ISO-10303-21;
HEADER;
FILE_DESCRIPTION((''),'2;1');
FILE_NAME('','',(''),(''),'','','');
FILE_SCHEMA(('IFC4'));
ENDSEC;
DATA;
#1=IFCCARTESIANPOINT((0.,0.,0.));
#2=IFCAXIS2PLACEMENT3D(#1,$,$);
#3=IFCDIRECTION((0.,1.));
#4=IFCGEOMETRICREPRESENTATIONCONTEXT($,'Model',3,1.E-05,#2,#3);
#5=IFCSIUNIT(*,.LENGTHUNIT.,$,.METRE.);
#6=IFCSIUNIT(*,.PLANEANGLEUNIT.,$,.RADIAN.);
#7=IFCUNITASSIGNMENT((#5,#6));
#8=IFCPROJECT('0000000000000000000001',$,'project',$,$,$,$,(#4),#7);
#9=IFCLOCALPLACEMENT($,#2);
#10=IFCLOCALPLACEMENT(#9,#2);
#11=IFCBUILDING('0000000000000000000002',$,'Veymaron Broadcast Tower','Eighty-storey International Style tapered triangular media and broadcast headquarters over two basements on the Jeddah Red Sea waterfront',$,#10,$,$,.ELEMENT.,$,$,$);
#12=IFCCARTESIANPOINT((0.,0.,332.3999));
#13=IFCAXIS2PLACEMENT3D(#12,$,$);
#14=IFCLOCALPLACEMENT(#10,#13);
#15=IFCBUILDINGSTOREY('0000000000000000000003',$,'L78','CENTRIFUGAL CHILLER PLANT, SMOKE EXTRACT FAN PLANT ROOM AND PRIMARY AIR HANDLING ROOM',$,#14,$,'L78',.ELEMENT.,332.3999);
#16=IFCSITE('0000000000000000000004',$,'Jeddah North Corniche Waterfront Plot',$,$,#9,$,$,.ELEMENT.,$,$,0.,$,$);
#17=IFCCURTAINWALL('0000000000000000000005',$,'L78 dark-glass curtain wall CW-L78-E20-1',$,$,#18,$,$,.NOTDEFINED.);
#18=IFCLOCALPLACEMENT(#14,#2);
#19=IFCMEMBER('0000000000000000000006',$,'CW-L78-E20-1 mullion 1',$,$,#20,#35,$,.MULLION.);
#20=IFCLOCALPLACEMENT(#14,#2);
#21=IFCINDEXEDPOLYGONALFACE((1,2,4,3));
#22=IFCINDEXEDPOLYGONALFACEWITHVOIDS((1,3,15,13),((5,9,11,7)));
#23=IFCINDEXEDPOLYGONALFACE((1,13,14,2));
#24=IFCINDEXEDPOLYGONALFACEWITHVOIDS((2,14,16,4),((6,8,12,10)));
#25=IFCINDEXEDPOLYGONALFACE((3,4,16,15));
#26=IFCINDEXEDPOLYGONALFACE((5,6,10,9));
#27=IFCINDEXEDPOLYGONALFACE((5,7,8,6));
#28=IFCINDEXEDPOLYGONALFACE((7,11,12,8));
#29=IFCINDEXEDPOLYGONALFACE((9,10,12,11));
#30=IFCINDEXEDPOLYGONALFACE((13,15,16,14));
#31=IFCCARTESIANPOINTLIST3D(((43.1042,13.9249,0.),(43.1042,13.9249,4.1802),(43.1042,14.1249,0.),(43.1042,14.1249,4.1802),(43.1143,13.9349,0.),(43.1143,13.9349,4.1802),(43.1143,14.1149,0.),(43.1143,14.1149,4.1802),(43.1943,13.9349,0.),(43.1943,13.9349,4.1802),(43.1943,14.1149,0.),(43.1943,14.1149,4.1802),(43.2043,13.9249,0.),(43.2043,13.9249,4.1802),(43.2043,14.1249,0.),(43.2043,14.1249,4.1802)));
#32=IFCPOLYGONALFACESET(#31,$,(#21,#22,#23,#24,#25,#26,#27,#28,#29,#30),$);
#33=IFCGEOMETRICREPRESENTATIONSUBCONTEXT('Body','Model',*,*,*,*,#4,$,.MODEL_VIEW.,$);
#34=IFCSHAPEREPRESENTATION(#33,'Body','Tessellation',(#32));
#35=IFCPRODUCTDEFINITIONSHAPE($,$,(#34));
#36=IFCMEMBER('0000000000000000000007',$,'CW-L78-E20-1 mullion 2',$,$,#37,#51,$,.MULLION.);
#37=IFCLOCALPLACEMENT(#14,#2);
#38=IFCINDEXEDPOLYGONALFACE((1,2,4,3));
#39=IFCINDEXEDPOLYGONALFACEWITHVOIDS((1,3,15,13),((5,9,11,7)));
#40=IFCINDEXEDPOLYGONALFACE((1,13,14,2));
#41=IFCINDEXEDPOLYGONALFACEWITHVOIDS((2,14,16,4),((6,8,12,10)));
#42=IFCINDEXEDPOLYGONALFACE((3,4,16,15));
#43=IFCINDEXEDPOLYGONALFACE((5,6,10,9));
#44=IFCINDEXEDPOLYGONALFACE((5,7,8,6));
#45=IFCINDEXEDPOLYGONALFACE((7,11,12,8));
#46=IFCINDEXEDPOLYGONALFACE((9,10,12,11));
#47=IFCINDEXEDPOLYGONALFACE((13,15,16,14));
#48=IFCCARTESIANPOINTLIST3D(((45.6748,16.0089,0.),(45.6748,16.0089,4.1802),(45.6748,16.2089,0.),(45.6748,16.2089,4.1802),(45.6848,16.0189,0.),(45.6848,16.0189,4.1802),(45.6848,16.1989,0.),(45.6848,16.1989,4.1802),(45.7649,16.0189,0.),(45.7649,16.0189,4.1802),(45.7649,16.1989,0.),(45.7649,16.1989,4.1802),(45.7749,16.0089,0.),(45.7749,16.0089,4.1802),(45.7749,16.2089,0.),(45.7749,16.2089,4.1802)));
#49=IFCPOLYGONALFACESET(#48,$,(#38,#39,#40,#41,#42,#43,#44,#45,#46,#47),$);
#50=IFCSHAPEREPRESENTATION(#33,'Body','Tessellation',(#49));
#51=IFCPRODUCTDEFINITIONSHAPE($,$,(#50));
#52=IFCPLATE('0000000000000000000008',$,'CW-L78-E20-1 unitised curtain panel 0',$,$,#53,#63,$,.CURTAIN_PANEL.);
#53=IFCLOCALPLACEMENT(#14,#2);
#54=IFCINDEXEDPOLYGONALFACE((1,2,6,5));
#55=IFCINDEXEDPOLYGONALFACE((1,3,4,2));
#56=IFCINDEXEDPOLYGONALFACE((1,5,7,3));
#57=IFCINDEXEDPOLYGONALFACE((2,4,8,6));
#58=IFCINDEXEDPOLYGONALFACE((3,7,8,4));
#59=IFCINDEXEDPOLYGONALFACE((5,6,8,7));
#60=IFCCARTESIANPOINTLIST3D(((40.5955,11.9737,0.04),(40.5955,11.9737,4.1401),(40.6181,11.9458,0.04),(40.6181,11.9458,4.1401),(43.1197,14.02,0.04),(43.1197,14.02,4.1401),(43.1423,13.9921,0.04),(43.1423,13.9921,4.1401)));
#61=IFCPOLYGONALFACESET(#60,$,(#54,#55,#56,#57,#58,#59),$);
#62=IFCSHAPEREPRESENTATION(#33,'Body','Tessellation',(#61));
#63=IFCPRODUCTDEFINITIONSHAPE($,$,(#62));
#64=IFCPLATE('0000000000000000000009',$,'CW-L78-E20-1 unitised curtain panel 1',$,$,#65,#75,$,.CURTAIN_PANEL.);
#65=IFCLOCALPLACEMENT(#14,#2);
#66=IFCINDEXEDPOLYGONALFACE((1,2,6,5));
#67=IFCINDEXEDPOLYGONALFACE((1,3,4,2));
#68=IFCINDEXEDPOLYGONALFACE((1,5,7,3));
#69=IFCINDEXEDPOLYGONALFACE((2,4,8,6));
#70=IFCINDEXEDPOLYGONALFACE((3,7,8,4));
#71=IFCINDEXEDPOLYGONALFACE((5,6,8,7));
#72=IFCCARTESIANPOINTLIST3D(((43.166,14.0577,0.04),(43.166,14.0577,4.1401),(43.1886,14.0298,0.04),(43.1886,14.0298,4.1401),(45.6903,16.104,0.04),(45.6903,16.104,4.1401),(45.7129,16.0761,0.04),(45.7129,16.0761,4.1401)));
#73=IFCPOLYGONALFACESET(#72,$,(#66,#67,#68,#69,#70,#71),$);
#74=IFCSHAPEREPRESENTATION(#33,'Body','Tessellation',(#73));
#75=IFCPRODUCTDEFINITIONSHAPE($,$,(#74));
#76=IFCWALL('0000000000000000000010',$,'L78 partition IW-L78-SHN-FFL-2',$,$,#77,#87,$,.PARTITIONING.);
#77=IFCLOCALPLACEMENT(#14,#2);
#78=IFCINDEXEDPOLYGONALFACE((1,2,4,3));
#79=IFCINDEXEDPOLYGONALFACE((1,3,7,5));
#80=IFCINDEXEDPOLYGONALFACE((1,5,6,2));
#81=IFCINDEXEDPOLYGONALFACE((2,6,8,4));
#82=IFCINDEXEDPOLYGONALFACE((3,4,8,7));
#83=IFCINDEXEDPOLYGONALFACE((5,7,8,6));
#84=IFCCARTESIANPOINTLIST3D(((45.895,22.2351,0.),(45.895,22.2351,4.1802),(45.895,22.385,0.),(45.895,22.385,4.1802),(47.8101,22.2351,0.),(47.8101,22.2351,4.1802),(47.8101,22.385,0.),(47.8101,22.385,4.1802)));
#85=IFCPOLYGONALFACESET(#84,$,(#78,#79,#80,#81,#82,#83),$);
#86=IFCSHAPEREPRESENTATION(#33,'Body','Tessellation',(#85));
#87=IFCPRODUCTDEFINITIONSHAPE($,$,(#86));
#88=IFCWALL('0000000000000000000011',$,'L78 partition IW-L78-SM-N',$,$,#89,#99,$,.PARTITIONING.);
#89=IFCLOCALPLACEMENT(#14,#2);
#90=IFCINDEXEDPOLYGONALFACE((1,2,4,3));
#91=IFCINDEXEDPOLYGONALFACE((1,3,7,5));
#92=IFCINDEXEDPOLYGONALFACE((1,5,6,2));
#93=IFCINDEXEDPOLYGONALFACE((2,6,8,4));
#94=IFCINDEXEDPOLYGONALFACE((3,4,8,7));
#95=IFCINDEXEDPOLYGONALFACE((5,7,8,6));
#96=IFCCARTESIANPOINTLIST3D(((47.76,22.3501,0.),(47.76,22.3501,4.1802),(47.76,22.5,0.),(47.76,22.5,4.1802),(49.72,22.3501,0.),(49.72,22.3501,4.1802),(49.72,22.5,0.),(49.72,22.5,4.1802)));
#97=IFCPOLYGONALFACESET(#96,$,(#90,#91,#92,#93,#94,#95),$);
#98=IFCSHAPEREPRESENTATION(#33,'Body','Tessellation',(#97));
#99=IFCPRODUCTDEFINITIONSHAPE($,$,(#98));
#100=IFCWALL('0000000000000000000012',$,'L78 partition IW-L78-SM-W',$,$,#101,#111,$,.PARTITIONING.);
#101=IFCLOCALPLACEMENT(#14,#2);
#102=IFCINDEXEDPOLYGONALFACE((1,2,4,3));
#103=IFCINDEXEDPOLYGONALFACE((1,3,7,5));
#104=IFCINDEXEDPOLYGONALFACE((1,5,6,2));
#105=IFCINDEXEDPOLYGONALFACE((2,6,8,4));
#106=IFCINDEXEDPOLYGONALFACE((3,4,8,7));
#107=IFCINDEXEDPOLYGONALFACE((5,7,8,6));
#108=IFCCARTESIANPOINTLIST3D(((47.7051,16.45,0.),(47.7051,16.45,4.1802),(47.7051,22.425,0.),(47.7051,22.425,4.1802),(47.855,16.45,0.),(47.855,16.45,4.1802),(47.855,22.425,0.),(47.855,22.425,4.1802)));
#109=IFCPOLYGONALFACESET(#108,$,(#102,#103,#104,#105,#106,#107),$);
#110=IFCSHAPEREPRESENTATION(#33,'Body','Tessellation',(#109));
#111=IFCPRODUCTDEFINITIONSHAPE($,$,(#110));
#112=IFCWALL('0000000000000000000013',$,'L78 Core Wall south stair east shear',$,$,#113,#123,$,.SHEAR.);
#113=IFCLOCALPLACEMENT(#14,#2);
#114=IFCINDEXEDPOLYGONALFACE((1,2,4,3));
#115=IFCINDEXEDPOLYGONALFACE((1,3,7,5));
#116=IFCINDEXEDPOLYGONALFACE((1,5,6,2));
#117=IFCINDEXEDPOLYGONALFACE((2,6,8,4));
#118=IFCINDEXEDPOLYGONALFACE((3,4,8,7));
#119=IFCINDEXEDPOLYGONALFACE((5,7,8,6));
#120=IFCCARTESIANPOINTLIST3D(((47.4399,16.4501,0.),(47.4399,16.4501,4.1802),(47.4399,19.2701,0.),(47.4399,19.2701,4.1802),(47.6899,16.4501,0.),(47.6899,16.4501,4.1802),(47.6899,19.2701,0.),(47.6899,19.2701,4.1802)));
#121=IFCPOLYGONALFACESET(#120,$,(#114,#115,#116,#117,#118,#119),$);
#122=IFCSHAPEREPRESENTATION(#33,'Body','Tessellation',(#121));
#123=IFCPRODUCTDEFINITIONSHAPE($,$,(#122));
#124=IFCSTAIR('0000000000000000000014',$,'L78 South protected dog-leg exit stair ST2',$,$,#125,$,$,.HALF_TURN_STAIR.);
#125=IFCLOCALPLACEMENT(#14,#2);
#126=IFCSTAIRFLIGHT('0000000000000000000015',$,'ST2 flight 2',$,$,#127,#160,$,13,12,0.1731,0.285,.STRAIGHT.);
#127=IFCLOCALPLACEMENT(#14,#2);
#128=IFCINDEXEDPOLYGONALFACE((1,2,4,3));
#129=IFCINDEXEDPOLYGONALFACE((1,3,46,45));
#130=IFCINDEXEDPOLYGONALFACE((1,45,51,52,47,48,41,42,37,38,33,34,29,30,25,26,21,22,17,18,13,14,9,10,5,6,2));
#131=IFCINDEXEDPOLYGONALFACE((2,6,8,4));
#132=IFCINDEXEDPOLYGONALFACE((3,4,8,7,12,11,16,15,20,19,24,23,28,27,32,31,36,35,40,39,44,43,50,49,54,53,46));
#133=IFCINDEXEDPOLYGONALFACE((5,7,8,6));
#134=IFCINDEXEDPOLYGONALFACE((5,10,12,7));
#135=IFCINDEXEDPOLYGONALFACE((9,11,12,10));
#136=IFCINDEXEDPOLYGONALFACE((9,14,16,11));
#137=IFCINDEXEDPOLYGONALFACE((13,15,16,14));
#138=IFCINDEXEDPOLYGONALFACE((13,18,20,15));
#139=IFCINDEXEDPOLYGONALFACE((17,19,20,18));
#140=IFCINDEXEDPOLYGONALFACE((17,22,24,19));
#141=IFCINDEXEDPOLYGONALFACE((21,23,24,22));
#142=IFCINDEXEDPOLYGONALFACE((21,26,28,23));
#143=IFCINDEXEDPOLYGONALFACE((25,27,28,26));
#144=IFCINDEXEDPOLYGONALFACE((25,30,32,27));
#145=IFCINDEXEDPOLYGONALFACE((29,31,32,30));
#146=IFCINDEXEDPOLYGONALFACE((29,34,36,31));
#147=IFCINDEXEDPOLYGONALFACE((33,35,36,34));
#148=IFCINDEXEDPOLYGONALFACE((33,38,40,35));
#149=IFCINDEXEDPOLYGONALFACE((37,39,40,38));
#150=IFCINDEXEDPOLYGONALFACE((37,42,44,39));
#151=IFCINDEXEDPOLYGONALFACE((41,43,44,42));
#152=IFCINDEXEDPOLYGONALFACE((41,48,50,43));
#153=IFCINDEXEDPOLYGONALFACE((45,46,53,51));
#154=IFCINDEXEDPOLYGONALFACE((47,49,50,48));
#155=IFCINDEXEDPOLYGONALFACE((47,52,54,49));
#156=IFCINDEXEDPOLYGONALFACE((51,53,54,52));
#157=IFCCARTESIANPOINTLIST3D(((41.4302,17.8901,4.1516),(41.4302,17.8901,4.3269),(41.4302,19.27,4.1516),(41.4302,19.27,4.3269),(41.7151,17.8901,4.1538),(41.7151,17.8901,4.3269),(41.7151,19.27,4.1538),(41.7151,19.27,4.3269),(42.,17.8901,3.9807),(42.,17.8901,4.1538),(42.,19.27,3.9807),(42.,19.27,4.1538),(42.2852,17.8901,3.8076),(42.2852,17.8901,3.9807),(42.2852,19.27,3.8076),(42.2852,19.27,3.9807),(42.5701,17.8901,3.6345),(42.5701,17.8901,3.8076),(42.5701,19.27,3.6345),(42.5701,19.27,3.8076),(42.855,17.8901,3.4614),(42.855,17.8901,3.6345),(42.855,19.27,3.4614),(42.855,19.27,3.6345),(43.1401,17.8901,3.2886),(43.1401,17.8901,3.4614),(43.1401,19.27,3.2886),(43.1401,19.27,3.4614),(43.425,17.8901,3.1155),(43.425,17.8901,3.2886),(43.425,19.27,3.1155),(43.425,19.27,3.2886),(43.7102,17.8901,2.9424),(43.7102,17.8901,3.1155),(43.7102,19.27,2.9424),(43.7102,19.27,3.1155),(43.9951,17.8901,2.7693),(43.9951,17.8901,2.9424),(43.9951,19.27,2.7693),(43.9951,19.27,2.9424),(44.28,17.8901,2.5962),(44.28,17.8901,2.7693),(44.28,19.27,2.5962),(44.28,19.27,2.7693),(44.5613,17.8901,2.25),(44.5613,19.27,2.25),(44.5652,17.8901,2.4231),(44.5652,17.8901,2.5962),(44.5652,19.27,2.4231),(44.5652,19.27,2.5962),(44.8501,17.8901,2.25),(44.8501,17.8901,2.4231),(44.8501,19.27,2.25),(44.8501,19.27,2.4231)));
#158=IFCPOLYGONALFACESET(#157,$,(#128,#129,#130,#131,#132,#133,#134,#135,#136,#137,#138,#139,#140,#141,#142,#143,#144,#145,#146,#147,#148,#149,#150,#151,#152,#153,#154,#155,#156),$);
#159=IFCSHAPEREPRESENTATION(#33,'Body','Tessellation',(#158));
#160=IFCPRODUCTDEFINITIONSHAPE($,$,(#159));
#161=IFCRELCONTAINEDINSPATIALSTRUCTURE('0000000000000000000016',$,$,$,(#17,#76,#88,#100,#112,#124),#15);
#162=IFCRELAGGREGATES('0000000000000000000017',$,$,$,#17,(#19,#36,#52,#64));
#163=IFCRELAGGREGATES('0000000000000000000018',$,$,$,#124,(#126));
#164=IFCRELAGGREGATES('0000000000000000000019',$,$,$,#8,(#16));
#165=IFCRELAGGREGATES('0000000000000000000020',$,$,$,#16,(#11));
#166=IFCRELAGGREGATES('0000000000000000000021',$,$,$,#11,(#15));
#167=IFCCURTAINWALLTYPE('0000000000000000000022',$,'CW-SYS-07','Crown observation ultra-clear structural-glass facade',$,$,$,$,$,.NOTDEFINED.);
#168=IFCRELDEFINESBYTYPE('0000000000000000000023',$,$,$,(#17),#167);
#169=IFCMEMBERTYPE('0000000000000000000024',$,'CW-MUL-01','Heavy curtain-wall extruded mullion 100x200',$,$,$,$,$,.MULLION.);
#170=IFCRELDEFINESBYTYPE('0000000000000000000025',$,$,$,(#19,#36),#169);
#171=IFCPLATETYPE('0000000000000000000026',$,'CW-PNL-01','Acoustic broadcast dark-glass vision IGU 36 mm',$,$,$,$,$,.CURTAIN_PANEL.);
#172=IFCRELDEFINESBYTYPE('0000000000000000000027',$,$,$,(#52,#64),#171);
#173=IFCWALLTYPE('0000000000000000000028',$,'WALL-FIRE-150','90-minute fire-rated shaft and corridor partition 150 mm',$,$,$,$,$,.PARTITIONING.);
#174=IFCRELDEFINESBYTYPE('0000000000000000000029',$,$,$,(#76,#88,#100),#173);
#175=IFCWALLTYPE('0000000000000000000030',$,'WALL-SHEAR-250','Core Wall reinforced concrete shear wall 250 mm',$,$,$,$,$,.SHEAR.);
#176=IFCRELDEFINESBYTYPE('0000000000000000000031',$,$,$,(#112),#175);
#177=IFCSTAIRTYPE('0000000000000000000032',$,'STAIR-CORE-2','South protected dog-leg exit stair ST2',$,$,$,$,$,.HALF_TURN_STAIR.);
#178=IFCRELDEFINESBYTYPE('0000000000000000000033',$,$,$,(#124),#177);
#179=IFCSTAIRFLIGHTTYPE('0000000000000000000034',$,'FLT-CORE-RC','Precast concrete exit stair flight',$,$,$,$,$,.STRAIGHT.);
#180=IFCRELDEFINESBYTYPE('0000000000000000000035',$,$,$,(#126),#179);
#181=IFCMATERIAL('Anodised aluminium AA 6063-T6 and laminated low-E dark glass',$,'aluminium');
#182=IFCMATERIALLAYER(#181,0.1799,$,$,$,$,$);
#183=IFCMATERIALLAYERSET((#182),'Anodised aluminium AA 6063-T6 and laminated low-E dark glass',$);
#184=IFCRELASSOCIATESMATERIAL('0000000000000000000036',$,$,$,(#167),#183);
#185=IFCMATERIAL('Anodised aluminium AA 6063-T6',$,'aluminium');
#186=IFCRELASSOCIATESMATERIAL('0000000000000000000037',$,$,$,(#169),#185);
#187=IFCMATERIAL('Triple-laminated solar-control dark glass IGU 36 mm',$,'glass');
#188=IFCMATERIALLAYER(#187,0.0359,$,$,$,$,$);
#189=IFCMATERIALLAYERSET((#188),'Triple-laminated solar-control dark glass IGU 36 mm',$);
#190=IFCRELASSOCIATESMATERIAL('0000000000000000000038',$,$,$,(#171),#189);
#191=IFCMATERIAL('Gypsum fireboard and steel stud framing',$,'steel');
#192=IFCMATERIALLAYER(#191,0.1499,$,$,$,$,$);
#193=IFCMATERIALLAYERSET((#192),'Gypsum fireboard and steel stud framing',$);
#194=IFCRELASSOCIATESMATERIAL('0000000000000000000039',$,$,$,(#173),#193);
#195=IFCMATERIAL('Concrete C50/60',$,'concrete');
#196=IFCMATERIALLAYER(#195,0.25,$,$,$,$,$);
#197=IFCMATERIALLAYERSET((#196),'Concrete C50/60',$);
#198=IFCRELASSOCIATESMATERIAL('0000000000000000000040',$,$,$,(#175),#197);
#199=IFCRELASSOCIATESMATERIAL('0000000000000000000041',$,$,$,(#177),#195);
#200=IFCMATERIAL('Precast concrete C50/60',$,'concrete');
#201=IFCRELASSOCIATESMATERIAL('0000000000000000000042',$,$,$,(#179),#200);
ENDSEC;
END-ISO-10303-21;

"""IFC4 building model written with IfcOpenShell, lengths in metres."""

from ifc_helpers import new_model, si_unit, direction, frame, frame_2d, origin, origin_2d, place, context, subcontext, project, spatial, polyline, rectangle, hollow_rectangle, outline, extrude, material, layer, layer_set, material_profile, profile_set, type_object, element, aggregate, save


model = new_model("IFC4")

# Units and contexts
model_context = context("Model", 3, precision=1e-05, world=origin(), true_north=direction((0.0, 1.0)))
body_context = subcontext(model_context, "Body", "Model", "MODEL_VIEW")
ifc_project = project(units=[si_unit("LENGTHUNIT", "METRE"), si_unit("PLANEANGLEUNIT", "RADIAN")], contexts=[model_context])

# Site, building, storey
site_placement = place(None, origin())
site = spatial("IfcSite", under=ifc_project, at=site_placement, Name="Jeddah North Corniche Waterfront Plot", CompositionType="ELEMENT", RefElevation=0.0)
building_placement = place(site_placement, origin())
building = spatial("IfcBuilding", under=site, at=building_placement, Name="Veymaron Broadcast Tower", Description="Eighty-storey International Style tapered triangular media and broadcast headquarters over two basements on the Jeddah Red Sea waterfront", CompositionType="ELEMENT")
storey_placement = place(building_placement, frame((0.0, 0.0, 332.3999)))
storey = spatial("IfcBuildingStorey", under=building, at=storey_placement, Name="L78", Description="CENTRIFUGAL CHILLER PLANT, SMOKE EXTRACT FAN PLANT ROOM AND PRIMARY AIR HANDLING ROOM", LongName="L78", CompositionType="ELEMENT", Elevation=332.3999)

# Curtain wall, members, plates
ifc_material_1 = material(Name="Anodised aluminium AA 6063-T6 and laminated low-E dark glass", Category="aluminium")
ifc_layer_1 = layer(ifc_material_1, 0.1799)
ifc_layer_set_1 = layer_set([ifc_layer_1], Name="Anodised aluminium AA 6063-T6 and laminated low-E dark glass")
curtain_wall_type = type_object("IfcCurtainWallType", Name="CW-SYS-07", Description="Crown observation ultra-clear structural-glass facade", PredefinedType="NOTDEFINED", material=ifc_layer_set_1)
curtain_wall_placement = place(storey_placement, origin())
curtain_wall = element("IfcCurtainWall", 1, at=curtain_wall_placement, inside=storey, type_object=curtain_wall_type, Name="L78 dark-glass curtain wall CW-L78-E20-1", PredefinedType="NOTDEFINED")
ifc_material_2 = material(Name="Anodised aluminium AA 6063-T6", Category="aluminium")
ifc_material_profile = material_profile(ifc_material_2, hollow_rectangle(XDim=0.1001, YDim=0.2, WallThickness=0.01, at=origin_2d()), Name="RHS200X100X10")
ifc_profile_set = profile_set([ifc_material_profile], Name="Anodised aluminium AA 6063-T6")
member_type = type_object("IfcMemberType", Name="CW-MUL-01", Description="Heavy curtain-wall extruded mullion 100x200", PredefinedType="MULLION", material=ifc_profile_set)
member_1_placement = place(storey_placement, frame((43.1543, 14.0249, 0.0), z_axis=(0.0, 0.0, 1.0), x_axis=(1.0, 0.0, 0.0)))
member_1 = element("IfcMember", 2, at=member_1_placement, type_object=member_type, Name="CW-L78-E20-1 mullion 1", PredefinedType="MULLION", context=body_context, shape_type="SweptSolid", body=[
    extrude(hollow_rectangle(XDim=0.1001, YDim=0.2, WallThickness=0.01, at=origin_2d()), origin(), (0.0, 0.0, 1.0), 4.1802),
])
member_2_placement = place(storey_placement, frame((45.7249, 16.1089, 0.0), z_axis=(0.0, 0.0, 1.0), x_axis=(1.0, 0.0, 0.0)))
member_2 = element("IfcMember", 3, at=member_2_placement, type_object=member_type, Name="CW-L78-E20-1 mullion 2", PredefinedType="MULLION", context=body_context, shape_type="SweptSolid", body=[
    extrude(hollow_rectangle(XDim=0.1001, YDim=0.2, WallThickness=0.01, at=origin_2d()), origin(), (0.0, 0.0, 1.0), 4.1802),
])
ifc_material_3 = material(Name="Triple-laminated solar-control dark glass IGU 36 mm", Category="glass")
ifc_layer_2 = layer(ifc_material_3, 0.0359)
ifc_layer_set_2 = layer_set([ifc_layer_2], Name="Triple-laminated solar-control dark glass IGU 36 mm")
plate_type = type_object("IfcPlateType", Name="CW-PNL-01", Description="Acoustic broadcast dark-glass vision IGU 36 mm", PredefinedType="CURTAIN_PANEL", material=ifc_layer_set_2)
plate_1_placement = place(storey_placement, frame((41.8689, 12.9829, 0.04), z_axis=(0.0, 0.0, 1.0), x_axis=(0.776816, 0.629727, 0.0)))
plate_1 = element("IfcPlate", 4, at=plate_1_placement, type_object=plate_type, Name="CW-L78-E20-1 unitised curtain panel 0", PredefinedType="CURTAIN_PANEL", context=body_context, shape_type="SweptSolid", body=[
    extrude(rectangle(XDim=3.2495, YDim=0.0359, at=origin_2d()), origin(), (0.0, 0.0, 1.0), 4.1001),
])
plate_2_placement = place(storey_placement, frame((44.4395, 15.0669, 0.04), z_axis=(0.0, 0.0, 1.0), x_axis=(0.776816, 0.629727, 0.0)))
plate_2 = element("IfcPlate", 5, at=plate_2_placement, type_object=plate_type, Name="CW-L78-E20-1 unitised curtain panel 1", PredefinedType="CURTAIN_PANEL", context=body_context, shape_type="SweptSolid", body=[
    extrude(rectangle(XDim=3.2495, YDim=0.0359, at=origin_2d()), origin(), (0.0, 0.0, 1.0), 4.1001),
])
aggregate(curtain_wall, [member_1, member_2, plate_1, plate_2])

# Shared definitions
ifc_material_4 = material(Name="Gypsum fireboard and steel stud framing", Category="steel")
ifc_layer_3 = layer(ifc_material_4, 0.1499)
ifc_layer_set_3 = layer_set([ifc_layer_3], Name="Gypsum fireboard and steel stud framing")
wall_type_1 = type_object("IfcWallType", Name="WALL-FIRE-150", Description="90-minute fire-rated shaft and corridor partition 150 mm", PredefinedType="PARTITIONING", material=ifc_layer_set_3)

# Wall
wall_1_placement = place(storey_placement, frame((45.895, 22.3101, 0.0), z_axis=(0.0, 0.0, 1.0), x_axis=(1.0, 0.0, 0.0)))
element("IfcWall", 6, at=wall_1_placement, inside=storey, type_object=wall_type_1, Name="L78 partition IW-L78-SHN-FFL-2", PredefinedType="PARTITIONING", context=body_context, shape_type="SweptSolid", body=[
    extrude(rectangle(XDim=1.915, YDim=0.1499, at=frame_2d((0.9575, 0.0))), origin(), (0.0, 0.0, 1.0), 4.1802),
])

# Walls
wall_2_placement = place(storey_placement, frame((47.76, 22.425, 0.0), z_axis=(0.0, 0.0, 1.0), x_axis=(1.0, 0.0, 0.0)))
element("IfcWall", 7, at=wall_2_placement, inside=storey, type_object=wall_type_1, Name="L78 partition IW-L78-SM-N", PredefinedType="PARTITIONING", context=body_context, shape_type="SweptSolid", body=[
    extrude(rectangle(XDim=1.96, YDim=0.1499, at=frame_2d((0.98, 0.0))), origin(), (0.0, 0.0, 1.0), 4.1802),
])
wall_3_placement = place(storey_placement, frame((47.78, 16.45, 0.0), z_axis=(0.0, 0.0, 1.0), x_axis=(0.0, 1.0, 0.0)))
element("IfcWall", 8, at=wall_3_placement, inside=storey, type_object=wall_type_1, Name="L78 partition IW-L78-SM-W", PredefinedType="PARTITIONING", context=body_context, shape_type="SweptSolid", body=[
    extrude(rectangle(XDim=5.9751, YDim=0.1499, at=frame_2d((2.9875, 0.0))), origin(), (0.0, 0.0, 1.0), 4.1802),
])
ifc_material_5 = material(Name="Concrete C50/60", Category="concrete")
ifc_layer_4 = layer(ifc_material_5, 0.25)
ifc_layer_set_4 = layer_set([ifc_layer_4], Name="Concrete C50/60")
wall_type_2 = type_object("IfcWallType", Name="WALL-SHEAR-250", Description="Core Wall reinforced concrete shear wall 250 mm", PredefinedType="SHEAR", material=ifc_layer_set_4)
wall_4_placement = place(storey_placement, frame((47.5649, 16.45, 0.0), z_axis=(0.0, 0.0, 1.0), x_axis=(0.0, 1.0, 0.0)))
element("IfcWall", 9, at=wall_4_placement, inside=storey, type_object=wall_type_2, Name="L78 Core Wall south stair east shear", PredefinedType="SHEAR", context=body_context, shape_type="SweptSolid", body=[
    extrude(rectangle(XDim=2.8201, YDim=0.25, at=frame_2d((1.4102, 0.0))), origin(), (0.0, 0.0, 1.0), 4.1802),
])

# Stair, stair flight
stair_type = type_object("IfcStairType", Name="STAIR-CORE-2", Description="South protected dog-leg exit stair ST2", PredefinedType="HALF_TURN_STAIR", material=ifc_material_5)
stair_placement = place(storey_placement, origin())
stair = element("IfcStair", 10, at=stair_placement, inside=storey, type_object=stair_type, Name="L78 South protected dog-leg exit stair ST2", PredefinedType="HALF_TURN_STAIR")
ifc_material_6 = material(Name="Precast concrete C50/60", Category="concrete")
stair_flight_type = type_object("IfcStairFlightType", Name="FLT-CORE-RC", Description="Precast concrete exit stair flight", PredefinedType="STRAIGHT", material=ifc_material_6)
stair_flight_placement = place(storey_placement, frame((44.8501, 18.5801, 2.25), z_axis=(0.0, 0.0, 1.0), x_axis=(-1.0, 0.0, 0.0)))
stair_flight = element("IfcStairFlight", 11, at=stair_flight_placement, type_object=stair_flight_type, Name="ST2 flight 2", NumberOfRisers=13, NumberOfTreads=12, PredefinedType="STRAIGHT", RiserHeight=0.1731, TreadLength=0.285, context=body_context, shape_type="SweptSolid", body=[
    extrude(outline(polyline([(0.0, 0.0), (0.0, 0.1731), (0.2849, 0.1731), (0.2849, 0.3462), (0.5701, 0.3462), (0.5701, 0.5193), (0.855, 0.5193), (0.855, 0.6924), (1.1399, 0.6924), (1.1399, 0.8655), (1.425, 0.8655), (1.425, 1.0386), (1.71, 1.0386), (1.71, 1.2114), (1.9951, 1.2114), (1.9951, 1.3845), (2.28, 1.3845), (2.28, 1.5576), (2.5649, 1.5576), (2.5649, 1.7307), (2.8501, 1.7307), (2.8501, 1.9038), (3.135, 1.9038), (3.135, 2.0769), (3.4199, 2.0769), (3.4199, 2.25), (3.4199, 1.9016), (0.2888, 0.0), (0.0, 0.0)])), frame((0.0, 0.6899, 0.0), z_axis=(0.0, -1.0, 0.0), x_axis=(1.0, 0.0, 0.0)), (0.0, 0.0, 1.0), 1.3799),
])
aggregate(stair, [stair_flight])

save(model, "model.ifc")
